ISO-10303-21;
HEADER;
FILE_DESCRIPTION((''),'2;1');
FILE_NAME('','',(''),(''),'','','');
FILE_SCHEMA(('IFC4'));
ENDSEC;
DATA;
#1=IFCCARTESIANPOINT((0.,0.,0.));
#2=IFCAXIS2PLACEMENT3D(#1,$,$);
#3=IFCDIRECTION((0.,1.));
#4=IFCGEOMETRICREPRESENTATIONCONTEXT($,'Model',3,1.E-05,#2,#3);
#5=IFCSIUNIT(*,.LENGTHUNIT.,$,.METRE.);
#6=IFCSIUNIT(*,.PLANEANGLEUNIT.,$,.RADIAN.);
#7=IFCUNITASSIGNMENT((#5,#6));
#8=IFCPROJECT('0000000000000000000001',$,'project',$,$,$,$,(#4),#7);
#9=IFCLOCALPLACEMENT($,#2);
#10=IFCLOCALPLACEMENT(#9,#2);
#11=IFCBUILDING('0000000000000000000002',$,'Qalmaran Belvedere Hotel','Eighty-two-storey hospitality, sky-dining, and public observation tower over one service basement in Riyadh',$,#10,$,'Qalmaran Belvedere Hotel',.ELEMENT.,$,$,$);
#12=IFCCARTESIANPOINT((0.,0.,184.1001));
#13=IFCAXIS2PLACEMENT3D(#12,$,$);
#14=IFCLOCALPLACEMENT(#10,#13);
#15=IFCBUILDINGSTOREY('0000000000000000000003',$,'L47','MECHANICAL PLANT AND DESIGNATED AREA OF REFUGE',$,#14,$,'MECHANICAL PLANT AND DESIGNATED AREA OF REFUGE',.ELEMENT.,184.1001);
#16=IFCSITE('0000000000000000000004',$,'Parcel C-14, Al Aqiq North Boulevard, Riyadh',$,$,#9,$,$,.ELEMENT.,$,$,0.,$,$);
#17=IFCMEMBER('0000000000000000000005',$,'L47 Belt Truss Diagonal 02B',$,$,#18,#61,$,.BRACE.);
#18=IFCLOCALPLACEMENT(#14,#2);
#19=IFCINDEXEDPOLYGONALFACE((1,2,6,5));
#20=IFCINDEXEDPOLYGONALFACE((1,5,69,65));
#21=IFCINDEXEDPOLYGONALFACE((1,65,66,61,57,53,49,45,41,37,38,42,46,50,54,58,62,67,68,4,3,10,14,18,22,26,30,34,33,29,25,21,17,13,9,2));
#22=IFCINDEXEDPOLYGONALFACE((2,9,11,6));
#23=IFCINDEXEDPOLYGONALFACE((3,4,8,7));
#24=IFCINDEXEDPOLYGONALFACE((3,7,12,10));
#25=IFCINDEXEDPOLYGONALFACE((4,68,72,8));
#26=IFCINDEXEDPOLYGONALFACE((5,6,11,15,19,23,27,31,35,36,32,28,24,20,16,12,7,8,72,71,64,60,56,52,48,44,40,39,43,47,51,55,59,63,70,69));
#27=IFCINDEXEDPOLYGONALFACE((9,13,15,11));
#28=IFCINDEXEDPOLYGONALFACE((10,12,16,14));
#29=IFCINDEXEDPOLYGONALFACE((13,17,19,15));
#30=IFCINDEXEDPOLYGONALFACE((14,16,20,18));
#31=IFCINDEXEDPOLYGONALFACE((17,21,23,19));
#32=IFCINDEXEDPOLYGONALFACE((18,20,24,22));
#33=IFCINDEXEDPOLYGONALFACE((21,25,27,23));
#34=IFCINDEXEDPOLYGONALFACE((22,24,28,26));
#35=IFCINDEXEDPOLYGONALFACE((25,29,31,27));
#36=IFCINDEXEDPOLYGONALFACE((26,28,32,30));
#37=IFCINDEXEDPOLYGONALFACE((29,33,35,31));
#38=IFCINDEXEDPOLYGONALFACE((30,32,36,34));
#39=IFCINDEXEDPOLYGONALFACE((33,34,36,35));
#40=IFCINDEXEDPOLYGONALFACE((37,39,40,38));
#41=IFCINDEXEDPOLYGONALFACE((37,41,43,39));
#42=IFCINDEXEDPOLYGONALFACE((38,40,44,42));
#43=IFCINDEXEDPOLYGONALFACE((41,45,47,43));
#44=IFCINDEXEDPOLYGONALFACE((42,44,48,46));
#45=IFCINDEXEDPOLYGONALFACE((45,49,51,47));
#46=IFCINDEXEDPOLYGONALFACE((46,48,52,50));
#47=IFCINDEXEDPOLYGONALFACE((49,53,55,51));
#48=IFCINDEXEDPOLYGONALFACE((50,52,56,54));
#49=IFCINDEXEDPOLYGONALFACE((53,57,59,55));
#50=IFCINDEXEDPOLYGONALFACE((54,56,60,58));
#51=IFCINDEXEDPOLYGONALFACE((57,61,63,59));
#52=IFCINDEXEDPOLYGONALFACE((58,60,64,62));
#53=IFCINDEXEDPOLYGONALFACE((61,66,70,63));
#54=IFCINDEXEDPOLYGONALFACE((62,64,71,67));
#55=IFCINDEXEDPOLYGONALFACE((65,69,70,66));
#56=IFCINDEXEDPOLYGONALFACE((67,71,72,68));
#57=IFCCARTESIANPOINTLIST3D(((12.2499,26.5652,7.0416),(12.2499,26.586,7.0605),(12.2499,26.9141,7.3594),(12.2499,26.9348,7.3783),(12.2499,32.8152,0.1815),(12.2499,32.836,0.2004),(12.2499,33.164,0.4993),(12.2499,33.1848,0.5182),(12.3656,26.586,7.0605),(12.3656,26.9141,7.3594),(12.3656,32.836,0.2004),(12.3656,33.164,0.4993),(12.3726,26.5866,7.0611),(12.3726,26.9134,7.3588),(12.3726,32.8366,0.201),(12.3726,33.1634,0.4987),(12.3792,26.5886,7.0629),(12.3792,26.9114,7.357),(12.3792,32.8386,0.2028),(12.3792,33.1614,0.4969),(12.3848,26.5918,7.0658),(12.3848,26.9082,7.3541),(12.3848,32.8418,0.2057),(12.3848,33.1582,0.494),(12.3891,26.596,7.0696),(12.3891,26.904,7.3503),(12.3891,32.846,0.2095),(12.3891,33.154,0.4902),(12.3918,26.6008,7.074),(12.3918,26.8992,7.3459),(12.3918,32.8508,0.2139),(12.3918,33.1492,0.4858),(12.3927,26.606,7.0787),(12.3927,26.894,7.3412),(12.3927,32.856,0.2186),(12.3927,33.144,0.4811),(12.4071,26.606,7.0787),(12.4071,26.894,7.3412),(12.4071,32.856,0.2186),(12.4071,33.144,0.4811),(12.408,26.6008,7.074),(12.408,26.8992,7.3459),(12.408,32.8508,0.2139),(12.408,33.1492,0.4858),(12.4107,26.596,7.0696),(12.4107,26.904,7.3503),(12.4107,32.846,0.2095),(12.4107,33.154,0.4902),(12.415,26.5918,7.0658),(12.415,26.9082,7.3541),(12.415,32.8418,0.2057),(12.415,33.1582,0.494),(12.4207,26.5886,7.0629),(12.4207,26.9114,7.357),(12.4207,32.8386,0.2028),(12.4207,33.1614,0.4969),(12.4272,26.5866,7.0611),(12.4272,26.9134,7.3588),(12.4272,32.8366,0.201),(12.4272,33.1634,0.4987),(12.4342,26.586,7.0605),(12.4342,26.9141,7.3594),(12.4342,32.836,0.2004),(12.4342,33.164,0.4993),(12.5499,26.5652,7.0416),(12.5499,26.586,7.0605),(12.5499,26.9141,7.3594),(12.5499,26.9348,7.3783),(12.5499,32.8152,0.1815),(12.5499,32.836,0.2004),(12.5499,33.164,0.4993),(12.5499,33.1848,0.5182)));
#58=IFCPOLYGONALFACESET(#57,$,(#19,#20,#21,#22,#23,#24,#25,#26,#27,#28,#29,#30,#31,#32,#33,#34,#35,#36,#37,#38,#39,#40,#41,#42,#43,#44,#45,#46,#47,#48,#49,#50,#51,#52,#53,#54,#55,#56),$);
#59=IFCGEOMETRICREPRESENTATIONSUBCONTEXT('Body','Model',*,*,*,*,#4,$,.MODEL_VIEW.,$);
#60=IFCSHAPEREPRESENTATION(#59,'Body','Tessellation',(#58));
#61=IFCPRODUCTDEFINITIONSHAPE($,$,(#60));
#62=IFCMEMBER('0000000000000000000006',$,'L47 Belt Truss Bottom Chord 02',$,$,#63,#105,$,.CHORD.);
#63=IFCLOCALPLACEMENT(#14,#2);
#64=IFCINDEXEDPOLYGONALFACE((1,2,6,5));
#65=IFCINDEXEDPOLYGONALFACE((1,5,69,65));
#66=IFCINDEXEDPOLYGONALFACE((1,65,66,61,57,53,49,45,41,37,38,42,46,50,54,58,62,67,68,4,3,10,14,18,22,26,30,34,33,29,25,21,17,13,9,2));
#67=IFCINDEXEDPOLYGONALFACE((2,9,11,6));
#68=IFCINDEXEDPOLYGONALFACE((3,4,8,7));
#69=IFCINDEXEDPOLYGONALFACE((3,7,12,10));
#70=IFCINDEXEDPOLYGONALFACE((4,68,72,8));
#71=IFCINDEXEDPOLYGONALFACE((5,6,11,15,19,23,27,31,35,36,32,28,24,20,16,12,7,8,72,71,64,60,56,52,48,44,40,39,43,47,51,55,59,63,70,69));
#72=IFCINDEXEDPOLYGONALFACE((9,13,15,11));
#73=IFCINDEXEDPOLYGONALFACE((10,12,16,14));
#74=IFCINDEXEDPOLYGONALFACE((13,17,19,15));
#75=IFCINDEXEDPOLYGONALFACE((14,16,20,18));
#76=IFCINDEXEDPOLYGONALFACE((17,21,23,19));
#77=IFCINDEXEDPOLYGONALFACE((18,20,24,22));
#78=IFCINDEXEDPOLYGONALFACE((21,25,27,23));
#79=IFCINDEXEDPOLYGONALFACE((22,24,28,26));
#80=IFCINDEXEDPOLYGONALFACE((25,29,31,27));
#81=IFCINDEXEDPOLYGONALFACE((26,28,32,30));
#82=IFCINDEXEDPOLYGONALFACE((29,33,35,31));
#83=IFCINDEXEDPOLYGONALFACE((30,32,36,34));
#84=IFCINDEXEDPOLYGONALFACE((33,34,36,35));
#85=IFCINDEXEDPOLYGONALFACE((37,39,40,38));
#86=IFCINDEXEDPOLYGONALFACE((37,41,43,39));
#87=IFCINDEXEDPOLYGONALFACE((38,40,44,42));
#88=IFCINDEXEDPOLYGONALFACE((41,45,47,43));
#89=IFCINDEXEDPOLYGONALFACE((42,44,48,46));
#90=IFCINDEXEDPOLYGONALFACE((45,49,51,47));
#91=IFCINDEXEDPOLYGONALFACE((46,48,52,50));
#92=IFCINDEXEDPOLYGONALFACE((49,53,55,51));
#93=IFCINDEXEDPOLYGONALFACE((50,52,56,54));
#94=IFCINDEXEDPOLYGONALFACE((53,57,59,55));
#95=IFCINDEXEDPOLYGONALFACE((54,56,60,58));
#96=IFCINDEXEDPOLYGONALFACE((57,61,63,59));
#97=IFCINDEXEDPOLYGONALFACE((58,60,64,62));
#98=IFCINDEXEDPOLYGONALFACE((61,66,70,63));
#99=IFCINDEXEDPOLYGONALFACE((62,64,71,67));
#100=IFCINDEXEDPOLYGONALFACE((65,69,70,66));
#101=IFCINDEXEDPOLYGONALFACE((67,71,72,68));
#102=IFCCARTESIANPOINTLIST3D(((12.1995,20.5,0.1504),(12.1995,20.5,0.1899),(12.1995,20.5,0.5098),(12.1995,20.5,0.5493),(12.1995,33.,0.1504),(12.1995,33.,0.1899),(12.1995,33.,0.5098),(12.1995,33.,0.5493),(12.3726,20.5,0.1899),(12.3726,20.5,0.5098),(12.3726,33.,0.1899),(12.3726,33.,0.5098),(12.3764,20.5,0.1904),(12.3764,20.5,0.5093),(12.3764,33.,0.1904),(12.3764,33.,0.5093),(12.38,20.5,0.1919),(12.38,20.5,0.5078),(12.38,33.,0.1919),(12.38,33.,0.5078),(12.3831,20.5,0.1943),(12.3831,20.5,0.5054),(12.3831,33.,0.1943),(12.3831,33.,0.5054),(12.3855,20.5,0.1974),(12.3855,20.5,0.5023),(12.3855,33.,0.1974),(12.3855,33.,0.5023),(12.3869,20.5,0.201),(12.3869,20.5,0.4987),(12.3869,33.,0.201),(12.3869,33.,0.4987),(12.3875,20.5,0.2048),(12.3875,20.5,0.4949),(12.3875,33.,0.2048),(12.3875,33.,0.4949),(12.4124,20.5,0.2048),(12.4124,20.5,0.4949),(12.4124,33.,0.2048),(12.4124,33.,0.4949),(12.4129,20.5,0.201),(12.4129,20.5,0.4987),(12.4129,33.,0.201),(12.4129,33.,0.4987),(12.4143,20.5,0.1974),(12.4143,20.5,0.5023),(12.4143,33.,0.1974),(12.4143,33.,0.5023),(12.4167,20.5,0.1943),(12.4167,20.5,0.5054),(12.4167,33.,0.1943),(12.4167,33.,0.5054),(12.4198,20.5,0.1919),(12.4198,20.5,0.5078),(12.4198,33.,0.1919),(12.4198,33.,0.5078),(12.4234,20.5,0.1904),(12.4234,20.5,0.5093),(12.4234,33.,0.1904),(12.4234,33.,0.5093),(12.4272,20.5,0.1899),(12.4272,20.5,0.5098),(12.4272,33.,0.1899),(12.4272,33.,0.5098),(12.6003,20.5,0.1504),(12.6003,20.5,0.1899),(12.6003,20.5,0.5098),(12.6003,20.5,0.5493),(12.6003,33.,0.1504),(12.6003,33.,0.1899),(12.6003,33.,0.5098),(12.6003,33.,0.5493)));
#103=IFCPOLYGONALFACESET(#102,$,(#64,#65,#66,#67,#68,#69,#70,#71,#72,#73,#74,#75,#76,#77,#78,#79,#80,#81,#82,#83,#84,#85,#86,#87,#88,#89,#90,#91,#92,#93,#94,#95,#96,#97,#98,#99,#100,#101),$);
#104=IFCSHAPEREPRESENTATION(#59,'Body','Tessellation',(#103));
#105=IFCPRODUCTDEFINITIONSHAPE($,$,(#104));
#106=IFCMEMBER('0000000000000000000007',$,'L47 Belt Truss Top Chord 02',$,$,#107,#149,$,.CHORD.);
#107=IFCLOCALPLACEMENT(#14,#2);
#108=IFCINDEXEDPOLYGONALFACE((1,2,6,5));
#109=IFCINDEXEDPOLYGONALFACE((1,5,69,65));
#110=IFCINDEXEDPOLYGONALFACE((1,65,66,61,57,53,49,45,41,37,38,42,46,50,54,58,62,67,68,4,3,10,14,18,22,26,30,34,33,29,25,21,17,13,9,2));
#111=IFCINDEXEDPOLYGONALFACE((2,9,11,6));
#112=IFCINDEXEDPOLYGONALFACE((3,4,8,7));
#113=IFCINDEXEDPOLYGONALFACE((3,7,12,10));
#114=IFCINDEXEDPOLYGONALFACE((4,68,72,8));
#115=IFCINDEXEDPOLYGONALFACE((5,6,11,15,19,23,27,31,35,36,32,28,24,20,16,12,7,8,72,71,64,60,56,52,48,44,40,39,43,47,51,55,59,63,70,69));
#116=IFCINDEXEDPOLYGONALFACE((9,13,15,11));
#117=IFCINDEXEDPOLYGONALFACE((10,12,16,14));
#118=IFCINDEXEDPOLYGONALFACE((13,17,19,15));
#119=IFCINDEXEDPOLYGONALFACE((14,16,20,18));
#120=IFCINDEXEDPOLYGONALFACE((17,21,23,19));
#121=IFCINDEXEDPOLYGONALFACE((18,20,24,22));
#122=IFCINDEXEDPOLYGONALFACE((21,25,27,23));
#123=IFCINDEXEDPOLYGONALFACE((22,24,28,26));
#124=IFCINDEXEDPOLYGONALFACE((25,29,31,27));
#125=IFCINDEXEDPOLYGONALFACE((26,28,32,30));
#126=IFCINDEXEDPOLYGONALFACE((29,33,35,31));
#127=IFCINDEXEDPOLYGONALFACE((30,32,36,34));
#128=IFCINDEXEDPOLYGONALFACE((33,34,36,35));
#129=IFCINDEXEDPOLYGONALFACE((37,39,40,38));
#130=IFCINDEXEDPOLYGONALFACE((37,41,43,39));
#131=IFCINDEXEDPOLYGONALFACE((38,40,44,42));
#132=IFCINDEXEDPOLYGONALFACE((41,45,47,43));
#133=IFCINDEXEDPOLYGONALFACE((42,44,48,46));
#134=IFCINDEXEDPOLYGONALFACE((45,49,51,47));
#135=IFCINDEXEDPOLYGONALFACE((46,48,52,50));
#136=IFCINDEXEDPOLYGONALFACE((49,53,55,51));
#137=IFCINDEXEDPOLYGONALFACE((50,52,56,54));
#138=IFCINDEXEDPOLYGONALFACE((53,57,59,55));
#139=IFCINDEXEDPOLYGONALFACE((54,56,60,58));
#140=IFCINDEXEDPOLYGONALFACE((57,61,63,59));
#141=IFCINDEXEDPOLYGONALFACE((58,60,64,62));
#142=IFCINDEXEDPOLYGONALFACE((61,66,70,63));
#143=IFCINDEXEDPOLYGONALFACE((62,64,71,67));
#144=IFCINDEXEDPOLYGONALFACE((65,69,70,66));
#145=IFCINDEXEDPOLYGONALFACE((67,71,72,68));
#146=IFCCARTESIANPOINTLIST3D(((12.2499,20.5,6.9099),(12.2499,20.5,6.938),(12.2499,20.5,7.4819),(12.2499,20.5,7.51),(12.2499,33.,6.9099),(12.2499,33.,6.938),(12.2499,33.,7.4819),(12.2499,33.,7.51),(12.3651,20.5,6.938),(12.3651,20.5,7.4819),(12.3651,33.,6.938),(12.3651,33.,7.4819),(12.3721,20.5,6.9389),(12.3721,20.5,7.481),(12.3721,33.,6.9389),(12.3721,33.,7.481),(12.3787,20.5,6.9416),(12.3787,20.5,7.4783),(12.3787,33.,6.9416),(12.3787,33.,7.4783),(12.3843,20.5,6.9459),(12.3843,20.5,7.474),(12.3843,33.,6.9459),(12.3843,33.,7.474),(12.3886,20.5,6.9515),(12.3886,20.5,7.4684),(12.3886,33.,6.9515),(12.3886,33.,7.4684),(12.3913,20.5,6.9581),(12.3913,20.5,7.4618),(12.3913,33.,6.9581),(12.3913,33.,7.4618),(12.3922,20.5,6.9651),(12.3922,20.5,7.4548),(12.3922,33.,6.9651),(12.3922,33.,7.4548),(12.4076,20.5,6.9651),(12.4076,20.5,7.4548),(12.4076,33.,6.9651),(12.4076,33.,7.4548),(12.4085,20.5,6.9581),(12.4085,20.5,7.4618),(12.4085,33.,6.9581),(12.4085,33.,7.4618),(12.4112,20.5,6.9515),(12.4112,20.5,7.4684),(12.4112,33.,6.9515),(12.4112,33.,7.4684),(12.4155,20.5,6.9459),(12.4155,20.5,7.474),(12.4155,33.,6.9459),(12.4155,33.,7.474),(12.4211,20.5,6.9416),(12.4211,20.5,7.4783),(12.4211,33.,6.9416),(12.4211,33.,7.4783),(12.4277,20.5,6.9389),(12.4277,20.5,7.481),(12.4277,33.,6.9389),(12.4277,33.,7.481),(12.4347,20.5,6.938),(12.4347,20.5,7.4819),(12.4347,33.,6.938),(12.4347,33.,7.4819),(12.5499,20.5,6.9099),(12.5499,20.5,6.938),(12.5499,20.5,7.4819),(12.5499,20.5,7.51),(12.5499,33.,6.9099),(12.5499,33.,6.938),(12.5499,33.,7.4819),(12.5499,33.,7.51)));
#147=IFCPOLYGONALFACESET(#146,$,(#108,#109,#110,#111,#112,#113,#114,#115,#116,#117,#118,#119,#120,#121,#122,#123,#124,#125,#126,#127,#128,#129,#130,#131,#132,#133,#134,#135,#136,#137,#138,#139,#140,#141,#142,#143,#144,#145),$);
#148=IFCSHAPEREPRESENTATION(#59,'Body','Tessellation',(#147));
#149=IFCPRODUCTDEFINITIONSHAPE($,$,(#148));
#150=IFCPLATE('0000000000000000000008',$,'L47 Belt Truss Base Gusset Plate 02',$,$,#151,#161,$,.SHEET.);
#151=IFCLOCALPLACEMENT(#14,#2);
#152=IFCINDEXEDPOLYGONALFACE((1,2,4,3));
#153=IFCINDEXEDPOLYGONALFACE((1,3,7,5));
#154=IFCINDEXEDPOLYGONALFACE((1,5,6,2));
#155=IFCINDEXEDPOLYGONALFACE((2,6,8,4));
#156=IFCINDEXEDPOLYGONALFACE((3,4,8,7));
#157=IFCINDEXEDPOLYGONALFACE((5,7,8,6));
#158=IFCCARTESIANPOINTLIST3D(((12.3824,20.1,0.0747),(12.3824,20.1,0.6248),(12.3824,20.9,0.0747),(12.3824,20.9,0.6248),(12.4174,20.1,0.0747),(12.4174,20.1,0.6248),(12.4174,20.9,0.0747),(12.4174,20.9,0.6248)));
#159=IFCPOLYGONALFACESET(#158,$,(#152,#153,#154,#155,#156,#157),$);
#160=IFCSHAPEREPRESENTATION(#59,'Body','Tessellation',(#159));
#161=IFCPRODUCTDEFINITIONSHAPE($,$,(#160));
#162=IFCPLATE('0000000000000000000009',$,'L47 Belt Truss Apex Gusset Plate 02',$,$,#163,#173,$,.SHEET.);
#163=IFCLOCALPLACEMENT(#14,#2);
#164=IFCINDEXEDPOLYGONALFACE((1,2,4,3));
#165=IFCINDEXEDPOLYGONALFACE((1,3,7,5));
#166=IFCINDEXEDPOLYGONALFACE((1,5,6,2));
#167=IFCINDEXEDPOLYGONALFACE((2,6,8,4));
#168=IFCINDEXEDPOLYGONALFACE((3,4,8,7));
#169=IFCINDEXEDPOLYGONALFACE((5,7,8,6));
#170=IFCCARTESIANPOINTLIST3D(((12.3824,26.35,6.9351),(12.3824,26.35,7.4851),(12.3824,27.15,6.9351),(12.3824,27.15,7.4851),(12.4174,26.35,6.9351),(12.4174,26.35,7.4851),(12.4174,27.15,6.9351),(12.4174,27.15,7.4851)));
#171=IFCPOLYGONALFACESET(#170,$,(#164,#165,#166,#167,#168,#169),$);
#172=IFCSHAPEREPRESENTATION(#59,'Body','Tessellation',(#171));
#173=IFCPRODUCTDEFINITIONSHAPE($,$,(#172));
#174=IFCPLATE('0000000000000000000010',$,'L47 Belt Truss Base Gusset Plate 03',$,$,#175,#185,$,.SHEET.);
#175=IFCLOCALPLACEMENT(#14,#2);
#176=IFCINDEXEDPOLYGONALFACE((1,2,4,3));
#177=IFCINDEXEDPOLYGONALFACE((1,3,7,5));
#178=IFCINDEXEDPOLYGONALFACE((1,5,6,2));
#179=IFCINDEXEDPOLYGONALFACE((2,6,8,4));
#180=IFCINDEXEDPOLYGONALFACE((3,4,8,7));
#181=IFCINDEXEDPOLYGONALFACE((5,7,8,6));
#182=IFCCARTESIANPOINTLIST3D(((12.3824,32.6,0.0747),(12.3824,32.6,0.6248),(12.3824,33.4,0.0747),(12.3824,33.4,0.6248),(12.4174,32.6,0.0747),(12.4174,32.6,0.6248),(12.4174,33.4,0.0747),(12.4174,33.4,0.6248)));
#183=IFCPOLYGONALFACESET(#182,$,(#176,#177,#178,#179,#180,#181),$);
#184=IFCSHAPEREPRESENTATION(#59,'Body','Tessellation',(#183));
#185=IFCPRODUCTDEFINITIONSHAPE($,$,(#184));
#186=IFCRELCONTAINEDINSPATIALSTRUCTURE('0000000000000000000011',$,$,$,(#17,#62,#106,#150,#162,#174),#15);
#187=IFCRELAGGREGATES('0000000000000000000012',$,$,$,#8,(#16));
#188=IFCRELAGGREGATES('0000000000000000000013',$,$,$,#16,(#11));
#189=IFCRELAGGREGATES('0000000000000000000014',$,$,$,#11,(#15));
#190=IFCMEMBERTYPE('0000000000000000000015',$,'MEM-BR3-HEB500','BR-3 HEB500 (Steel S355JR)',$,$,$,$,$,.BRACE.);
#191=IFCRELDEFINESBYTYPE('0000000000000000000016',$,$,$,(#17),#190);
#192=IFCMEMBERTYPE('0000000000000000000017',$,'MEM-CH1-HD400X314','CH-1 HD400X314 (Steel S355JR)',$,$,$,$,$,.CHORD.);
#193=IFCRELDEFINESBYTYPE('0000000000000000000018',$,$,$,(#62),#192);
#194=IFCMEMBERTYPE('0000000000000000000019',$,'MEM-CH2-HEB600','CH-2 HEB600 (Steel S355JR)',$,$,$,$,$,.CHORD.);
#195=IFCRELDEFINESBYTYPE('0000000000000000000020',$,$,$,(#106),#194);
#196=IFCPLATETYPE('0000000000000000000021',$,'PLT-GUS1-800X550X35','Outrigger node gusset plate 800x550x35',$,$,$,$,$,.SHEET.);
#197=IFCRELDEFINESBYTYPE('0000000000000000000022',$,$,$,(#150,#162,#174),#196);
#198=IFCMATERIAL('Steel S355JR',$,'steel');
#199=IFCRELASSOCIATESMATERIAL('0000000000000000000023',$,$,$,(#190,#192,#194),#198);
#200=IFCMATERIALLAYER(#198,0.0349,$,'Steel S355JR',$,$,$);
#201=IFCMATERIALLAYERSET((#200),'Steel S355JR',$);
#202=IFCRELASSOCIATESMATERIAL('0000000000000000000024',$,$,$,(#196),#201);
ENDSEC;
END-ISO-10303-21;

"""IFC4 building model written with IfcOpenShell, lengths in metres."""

from ifc_helpers import new_model, si_unit, direction, frame, origin, origin_2d, place, context, subcontext, project, spatial, rectangle, i_section, extrude, material, layer, layer_set, material_profile, profile_set, type_object, element, save


model = new_model("IFC4")

# Units and contexts
model_context = context("Model", 3, precision=1e-05, world=origin(), true_north=direction((0.0, 1.0)))
body_context = subcontext(model_context, "Body", "Model", "MODEL_VIEW")
ifc_project = project(units=[si_unit("LENGTHUNIT", "METRE"), si_unit("PLANEANGLEUNIT", "RADIAN")], contexts=[model_context])

# Site, building, storey
site_placement = place(None, origin())
site = spatial("IfcSite", under=ifc_project, at=site_placement, Name="Parcel C-14, Al Aqiq North Boulevard, Riyadh", CompositionType="ELEMENT", RefElevation=0.0)
building_placement = place(site_placement, origin())
building = spatial("IfcBuilding", under=site, at=building_placement, Name="Qalmaran Belvedere Hotel", Description="Eighty-two-storey hospitality, sky-dining, and public observation tower over one service basement in Riyadh", LongName="Qalmaran Belvedere Hotel", CompositionType="ELEMENT")
storey_placement = place(building_placement, frame((0.0, 0.0, 184.1001)))
storey = spatial("IfcBuildingStorey", under=building, at=storey_placement, Name="L47", Description="MECHANICAL PLANT AND DESIGNATED AREA OF REFUGE", LongName="MECHANICAL PLANT AND DESIGNATED AREA OF REFUGE", CompositionType="ELEMENT", Elevation=184.1001)

# Shared definitions
ifc_material_1 = material(Name="Steel S355JR", Category="steel")

# Members
ifc_material_profile_1 = material_profile(ifc_material_1, i_section(OverallWidth=0.3, OverallDepth=0.5, WebThickness=0.0144, FlangeThickness=0.0281, FilletRadius=0.0271, at=origin_2d()), Name="HEB500")
ifc_profile_set_1 = profile_set([ifc_material_profile_1], Name="Steel S355JR")
member_type_1 = type_object("IfcMemberType", Name="MEM-BR3-HEB500", Description="BR-3 HEB500 (Steel S355JR)", PredefinedType="BRACE", material=ifc_profile_set_1)
for number, where, z_axis, x_axis, name in (
    (1, (12.3999, 33.0, 0.3499), (0.0, -0.673471, 0.739214), (1.0, 0.0, 0.0), "L47 Belt Truss Diagonal 02B"),
):
    element("IfcMember", number, at=place(storey_placement, frame(where, z_axis=z_axis, x_axis=x_axis)), inside=storey, type_object=member_type_1, Name=name, PredefinedType="BRACE", context=body_context, shape_type="SweptSolid", body=[
        extrude(i_section(OverallWidth=0.3, OverallDepth=0.5, WebThickness=0.0144, FlangeThickness=0.0281, FilletRadius=0.0271, at=origin_2d()), origin(), (0.0, 0.0, 1.0), 9.2803),
    ])
ifc_material_profile_2 = material_profile(ifc_material_1, i_section(OverallWidth=0.4009, OverallDepth=0.3989, WebThickness=0.0249, FlangeThickness=0.0396, FilletRadius=0.0149, at=origin_2d()), Name="HD400X314")
ifc_profile_set_2 = profile_set([ifc_material_profile_2], Name="Steel S355JR")
member_type_2 = type_object("IfcMemberType", Name="MEM-CH1-HD400X314", Description="CH-1 HD400X314 (Steel S355JR)", PredefinedType="CHORD", material=ifc_profile_set_2)
member_1_placement = place(storey_placement, frame((12.3999, 20.5, 0.3499), z_axis=(0.0, 1.0, 0.0), x_axis=(-1.0, 0.0, 0.0)))
element("IfcMember", 2, at=member_1_placement, inside=storey, type_object=member_type_2, Name="L47 Belt Truss Bottom Chord 02", PredefinedType="CHORD", context=body_context, shape_type="SweptSolid", body=[
    extrude(i_section(OverallWidth=0.4009, OverallDepth=0.3989, WebThickness=0.0249, FlangeThickness=0.0396, FilletRadius=0.0149, at=origin_2d()), origin(), (0.0, 0.0, 1.0), 12.5),
])
ifc_material_profile_3 = material_profile(ifc_material_1, i_section(OverallWidth=0.3, OverallDepth=0.6001, WebThickness=0.0154, FlangeThickness=0.0281, FilletRadius=0.0271, at=origin_2d()), Name="HEB600")
ifc_profile_set_3 = profile_set([ifc_material_profile_3], Name="Steel S355JR")
member_type_3 = type_object("IfcMemberType", Name="MEM-CH2-HEB600", Description="CH-2 HEB600 (Steel S355JR)", PredefinedType="CHORD", material=ifc_profile_set_3)
member_2_placement = place(storey_placement, frame((12.3999, 20.5, 7.21), z_axis=(0.0, 1.0, 0.0), x_axis=(-1.0, 0.0, 0.0)))
element("IfcMember", 3, at=member_2_placement, inside=storey, type_object=member_type_3, Name="L47 Belt Truss Top Chord 02", PredefinedType="CHORD", context=body_context, shape_type="SweptSolid", body=[
    extrude(i_section(OverallWidth=0.3, OverallDepth=0.6001, WebThickness=0.0154, FlangeThickness=0.0281, FilletRadius=0.0271, at=origin_2d()), origin(), (0.0, 0.0, 1.0), 12.5),
])

# Plates
ifc_layer_1 = layer(ifc_material_1, 0.0349, Name="Steel S355JR")
ifc_layer_set_1 = layer_set([ifc_layer_1], Name="Steel S355JR")
plate_type = type_object("IfcPlateType", Name="PLT-GUS1-800X550X35", Description="Outrigger node gusset plate 800x550x35", PredefinedType="SHEET", material=ifc_layer_set_1)
for number, where, z_axis, x_axis, name in (
    (4, (12.3999, 20.5, 0.0747), (0.0, 0.0, 1.0), (0.0, 1.0, 0.0), "L47 Belt Truss Base Gusset Plate 02"),
    (5, (12.3999, 26.75, 6.9351), (0.0, 0.0, 1.0), (0.0, 1.0, 0.0), "L47 Belt Truss Apex Gusset Plate 02"),
    (6, (12.3999, 33.0, 0.0747), (0.0, 0.0, 1.0), (0.0, 1.0, 0.0), "L47 Belt Truss Base Gusset Plate 03"),
):
    element("IfcPlate", number, at=place(storey_placement, frame(where, z_axis=z_axis, x_axis=x_axis)), inside=storey, type_object=plate_type, Name=name, PredefinedType="SHEET", context=body_context, shape_type="SweptSolid", body=[
        extrude(rectangle(XDim=0.8, YDim=0.0349, at=origin_2d()), origin(), (0.0, 0.0, 1.0), 0.55),
    ])

save(model, "model.ifc")
